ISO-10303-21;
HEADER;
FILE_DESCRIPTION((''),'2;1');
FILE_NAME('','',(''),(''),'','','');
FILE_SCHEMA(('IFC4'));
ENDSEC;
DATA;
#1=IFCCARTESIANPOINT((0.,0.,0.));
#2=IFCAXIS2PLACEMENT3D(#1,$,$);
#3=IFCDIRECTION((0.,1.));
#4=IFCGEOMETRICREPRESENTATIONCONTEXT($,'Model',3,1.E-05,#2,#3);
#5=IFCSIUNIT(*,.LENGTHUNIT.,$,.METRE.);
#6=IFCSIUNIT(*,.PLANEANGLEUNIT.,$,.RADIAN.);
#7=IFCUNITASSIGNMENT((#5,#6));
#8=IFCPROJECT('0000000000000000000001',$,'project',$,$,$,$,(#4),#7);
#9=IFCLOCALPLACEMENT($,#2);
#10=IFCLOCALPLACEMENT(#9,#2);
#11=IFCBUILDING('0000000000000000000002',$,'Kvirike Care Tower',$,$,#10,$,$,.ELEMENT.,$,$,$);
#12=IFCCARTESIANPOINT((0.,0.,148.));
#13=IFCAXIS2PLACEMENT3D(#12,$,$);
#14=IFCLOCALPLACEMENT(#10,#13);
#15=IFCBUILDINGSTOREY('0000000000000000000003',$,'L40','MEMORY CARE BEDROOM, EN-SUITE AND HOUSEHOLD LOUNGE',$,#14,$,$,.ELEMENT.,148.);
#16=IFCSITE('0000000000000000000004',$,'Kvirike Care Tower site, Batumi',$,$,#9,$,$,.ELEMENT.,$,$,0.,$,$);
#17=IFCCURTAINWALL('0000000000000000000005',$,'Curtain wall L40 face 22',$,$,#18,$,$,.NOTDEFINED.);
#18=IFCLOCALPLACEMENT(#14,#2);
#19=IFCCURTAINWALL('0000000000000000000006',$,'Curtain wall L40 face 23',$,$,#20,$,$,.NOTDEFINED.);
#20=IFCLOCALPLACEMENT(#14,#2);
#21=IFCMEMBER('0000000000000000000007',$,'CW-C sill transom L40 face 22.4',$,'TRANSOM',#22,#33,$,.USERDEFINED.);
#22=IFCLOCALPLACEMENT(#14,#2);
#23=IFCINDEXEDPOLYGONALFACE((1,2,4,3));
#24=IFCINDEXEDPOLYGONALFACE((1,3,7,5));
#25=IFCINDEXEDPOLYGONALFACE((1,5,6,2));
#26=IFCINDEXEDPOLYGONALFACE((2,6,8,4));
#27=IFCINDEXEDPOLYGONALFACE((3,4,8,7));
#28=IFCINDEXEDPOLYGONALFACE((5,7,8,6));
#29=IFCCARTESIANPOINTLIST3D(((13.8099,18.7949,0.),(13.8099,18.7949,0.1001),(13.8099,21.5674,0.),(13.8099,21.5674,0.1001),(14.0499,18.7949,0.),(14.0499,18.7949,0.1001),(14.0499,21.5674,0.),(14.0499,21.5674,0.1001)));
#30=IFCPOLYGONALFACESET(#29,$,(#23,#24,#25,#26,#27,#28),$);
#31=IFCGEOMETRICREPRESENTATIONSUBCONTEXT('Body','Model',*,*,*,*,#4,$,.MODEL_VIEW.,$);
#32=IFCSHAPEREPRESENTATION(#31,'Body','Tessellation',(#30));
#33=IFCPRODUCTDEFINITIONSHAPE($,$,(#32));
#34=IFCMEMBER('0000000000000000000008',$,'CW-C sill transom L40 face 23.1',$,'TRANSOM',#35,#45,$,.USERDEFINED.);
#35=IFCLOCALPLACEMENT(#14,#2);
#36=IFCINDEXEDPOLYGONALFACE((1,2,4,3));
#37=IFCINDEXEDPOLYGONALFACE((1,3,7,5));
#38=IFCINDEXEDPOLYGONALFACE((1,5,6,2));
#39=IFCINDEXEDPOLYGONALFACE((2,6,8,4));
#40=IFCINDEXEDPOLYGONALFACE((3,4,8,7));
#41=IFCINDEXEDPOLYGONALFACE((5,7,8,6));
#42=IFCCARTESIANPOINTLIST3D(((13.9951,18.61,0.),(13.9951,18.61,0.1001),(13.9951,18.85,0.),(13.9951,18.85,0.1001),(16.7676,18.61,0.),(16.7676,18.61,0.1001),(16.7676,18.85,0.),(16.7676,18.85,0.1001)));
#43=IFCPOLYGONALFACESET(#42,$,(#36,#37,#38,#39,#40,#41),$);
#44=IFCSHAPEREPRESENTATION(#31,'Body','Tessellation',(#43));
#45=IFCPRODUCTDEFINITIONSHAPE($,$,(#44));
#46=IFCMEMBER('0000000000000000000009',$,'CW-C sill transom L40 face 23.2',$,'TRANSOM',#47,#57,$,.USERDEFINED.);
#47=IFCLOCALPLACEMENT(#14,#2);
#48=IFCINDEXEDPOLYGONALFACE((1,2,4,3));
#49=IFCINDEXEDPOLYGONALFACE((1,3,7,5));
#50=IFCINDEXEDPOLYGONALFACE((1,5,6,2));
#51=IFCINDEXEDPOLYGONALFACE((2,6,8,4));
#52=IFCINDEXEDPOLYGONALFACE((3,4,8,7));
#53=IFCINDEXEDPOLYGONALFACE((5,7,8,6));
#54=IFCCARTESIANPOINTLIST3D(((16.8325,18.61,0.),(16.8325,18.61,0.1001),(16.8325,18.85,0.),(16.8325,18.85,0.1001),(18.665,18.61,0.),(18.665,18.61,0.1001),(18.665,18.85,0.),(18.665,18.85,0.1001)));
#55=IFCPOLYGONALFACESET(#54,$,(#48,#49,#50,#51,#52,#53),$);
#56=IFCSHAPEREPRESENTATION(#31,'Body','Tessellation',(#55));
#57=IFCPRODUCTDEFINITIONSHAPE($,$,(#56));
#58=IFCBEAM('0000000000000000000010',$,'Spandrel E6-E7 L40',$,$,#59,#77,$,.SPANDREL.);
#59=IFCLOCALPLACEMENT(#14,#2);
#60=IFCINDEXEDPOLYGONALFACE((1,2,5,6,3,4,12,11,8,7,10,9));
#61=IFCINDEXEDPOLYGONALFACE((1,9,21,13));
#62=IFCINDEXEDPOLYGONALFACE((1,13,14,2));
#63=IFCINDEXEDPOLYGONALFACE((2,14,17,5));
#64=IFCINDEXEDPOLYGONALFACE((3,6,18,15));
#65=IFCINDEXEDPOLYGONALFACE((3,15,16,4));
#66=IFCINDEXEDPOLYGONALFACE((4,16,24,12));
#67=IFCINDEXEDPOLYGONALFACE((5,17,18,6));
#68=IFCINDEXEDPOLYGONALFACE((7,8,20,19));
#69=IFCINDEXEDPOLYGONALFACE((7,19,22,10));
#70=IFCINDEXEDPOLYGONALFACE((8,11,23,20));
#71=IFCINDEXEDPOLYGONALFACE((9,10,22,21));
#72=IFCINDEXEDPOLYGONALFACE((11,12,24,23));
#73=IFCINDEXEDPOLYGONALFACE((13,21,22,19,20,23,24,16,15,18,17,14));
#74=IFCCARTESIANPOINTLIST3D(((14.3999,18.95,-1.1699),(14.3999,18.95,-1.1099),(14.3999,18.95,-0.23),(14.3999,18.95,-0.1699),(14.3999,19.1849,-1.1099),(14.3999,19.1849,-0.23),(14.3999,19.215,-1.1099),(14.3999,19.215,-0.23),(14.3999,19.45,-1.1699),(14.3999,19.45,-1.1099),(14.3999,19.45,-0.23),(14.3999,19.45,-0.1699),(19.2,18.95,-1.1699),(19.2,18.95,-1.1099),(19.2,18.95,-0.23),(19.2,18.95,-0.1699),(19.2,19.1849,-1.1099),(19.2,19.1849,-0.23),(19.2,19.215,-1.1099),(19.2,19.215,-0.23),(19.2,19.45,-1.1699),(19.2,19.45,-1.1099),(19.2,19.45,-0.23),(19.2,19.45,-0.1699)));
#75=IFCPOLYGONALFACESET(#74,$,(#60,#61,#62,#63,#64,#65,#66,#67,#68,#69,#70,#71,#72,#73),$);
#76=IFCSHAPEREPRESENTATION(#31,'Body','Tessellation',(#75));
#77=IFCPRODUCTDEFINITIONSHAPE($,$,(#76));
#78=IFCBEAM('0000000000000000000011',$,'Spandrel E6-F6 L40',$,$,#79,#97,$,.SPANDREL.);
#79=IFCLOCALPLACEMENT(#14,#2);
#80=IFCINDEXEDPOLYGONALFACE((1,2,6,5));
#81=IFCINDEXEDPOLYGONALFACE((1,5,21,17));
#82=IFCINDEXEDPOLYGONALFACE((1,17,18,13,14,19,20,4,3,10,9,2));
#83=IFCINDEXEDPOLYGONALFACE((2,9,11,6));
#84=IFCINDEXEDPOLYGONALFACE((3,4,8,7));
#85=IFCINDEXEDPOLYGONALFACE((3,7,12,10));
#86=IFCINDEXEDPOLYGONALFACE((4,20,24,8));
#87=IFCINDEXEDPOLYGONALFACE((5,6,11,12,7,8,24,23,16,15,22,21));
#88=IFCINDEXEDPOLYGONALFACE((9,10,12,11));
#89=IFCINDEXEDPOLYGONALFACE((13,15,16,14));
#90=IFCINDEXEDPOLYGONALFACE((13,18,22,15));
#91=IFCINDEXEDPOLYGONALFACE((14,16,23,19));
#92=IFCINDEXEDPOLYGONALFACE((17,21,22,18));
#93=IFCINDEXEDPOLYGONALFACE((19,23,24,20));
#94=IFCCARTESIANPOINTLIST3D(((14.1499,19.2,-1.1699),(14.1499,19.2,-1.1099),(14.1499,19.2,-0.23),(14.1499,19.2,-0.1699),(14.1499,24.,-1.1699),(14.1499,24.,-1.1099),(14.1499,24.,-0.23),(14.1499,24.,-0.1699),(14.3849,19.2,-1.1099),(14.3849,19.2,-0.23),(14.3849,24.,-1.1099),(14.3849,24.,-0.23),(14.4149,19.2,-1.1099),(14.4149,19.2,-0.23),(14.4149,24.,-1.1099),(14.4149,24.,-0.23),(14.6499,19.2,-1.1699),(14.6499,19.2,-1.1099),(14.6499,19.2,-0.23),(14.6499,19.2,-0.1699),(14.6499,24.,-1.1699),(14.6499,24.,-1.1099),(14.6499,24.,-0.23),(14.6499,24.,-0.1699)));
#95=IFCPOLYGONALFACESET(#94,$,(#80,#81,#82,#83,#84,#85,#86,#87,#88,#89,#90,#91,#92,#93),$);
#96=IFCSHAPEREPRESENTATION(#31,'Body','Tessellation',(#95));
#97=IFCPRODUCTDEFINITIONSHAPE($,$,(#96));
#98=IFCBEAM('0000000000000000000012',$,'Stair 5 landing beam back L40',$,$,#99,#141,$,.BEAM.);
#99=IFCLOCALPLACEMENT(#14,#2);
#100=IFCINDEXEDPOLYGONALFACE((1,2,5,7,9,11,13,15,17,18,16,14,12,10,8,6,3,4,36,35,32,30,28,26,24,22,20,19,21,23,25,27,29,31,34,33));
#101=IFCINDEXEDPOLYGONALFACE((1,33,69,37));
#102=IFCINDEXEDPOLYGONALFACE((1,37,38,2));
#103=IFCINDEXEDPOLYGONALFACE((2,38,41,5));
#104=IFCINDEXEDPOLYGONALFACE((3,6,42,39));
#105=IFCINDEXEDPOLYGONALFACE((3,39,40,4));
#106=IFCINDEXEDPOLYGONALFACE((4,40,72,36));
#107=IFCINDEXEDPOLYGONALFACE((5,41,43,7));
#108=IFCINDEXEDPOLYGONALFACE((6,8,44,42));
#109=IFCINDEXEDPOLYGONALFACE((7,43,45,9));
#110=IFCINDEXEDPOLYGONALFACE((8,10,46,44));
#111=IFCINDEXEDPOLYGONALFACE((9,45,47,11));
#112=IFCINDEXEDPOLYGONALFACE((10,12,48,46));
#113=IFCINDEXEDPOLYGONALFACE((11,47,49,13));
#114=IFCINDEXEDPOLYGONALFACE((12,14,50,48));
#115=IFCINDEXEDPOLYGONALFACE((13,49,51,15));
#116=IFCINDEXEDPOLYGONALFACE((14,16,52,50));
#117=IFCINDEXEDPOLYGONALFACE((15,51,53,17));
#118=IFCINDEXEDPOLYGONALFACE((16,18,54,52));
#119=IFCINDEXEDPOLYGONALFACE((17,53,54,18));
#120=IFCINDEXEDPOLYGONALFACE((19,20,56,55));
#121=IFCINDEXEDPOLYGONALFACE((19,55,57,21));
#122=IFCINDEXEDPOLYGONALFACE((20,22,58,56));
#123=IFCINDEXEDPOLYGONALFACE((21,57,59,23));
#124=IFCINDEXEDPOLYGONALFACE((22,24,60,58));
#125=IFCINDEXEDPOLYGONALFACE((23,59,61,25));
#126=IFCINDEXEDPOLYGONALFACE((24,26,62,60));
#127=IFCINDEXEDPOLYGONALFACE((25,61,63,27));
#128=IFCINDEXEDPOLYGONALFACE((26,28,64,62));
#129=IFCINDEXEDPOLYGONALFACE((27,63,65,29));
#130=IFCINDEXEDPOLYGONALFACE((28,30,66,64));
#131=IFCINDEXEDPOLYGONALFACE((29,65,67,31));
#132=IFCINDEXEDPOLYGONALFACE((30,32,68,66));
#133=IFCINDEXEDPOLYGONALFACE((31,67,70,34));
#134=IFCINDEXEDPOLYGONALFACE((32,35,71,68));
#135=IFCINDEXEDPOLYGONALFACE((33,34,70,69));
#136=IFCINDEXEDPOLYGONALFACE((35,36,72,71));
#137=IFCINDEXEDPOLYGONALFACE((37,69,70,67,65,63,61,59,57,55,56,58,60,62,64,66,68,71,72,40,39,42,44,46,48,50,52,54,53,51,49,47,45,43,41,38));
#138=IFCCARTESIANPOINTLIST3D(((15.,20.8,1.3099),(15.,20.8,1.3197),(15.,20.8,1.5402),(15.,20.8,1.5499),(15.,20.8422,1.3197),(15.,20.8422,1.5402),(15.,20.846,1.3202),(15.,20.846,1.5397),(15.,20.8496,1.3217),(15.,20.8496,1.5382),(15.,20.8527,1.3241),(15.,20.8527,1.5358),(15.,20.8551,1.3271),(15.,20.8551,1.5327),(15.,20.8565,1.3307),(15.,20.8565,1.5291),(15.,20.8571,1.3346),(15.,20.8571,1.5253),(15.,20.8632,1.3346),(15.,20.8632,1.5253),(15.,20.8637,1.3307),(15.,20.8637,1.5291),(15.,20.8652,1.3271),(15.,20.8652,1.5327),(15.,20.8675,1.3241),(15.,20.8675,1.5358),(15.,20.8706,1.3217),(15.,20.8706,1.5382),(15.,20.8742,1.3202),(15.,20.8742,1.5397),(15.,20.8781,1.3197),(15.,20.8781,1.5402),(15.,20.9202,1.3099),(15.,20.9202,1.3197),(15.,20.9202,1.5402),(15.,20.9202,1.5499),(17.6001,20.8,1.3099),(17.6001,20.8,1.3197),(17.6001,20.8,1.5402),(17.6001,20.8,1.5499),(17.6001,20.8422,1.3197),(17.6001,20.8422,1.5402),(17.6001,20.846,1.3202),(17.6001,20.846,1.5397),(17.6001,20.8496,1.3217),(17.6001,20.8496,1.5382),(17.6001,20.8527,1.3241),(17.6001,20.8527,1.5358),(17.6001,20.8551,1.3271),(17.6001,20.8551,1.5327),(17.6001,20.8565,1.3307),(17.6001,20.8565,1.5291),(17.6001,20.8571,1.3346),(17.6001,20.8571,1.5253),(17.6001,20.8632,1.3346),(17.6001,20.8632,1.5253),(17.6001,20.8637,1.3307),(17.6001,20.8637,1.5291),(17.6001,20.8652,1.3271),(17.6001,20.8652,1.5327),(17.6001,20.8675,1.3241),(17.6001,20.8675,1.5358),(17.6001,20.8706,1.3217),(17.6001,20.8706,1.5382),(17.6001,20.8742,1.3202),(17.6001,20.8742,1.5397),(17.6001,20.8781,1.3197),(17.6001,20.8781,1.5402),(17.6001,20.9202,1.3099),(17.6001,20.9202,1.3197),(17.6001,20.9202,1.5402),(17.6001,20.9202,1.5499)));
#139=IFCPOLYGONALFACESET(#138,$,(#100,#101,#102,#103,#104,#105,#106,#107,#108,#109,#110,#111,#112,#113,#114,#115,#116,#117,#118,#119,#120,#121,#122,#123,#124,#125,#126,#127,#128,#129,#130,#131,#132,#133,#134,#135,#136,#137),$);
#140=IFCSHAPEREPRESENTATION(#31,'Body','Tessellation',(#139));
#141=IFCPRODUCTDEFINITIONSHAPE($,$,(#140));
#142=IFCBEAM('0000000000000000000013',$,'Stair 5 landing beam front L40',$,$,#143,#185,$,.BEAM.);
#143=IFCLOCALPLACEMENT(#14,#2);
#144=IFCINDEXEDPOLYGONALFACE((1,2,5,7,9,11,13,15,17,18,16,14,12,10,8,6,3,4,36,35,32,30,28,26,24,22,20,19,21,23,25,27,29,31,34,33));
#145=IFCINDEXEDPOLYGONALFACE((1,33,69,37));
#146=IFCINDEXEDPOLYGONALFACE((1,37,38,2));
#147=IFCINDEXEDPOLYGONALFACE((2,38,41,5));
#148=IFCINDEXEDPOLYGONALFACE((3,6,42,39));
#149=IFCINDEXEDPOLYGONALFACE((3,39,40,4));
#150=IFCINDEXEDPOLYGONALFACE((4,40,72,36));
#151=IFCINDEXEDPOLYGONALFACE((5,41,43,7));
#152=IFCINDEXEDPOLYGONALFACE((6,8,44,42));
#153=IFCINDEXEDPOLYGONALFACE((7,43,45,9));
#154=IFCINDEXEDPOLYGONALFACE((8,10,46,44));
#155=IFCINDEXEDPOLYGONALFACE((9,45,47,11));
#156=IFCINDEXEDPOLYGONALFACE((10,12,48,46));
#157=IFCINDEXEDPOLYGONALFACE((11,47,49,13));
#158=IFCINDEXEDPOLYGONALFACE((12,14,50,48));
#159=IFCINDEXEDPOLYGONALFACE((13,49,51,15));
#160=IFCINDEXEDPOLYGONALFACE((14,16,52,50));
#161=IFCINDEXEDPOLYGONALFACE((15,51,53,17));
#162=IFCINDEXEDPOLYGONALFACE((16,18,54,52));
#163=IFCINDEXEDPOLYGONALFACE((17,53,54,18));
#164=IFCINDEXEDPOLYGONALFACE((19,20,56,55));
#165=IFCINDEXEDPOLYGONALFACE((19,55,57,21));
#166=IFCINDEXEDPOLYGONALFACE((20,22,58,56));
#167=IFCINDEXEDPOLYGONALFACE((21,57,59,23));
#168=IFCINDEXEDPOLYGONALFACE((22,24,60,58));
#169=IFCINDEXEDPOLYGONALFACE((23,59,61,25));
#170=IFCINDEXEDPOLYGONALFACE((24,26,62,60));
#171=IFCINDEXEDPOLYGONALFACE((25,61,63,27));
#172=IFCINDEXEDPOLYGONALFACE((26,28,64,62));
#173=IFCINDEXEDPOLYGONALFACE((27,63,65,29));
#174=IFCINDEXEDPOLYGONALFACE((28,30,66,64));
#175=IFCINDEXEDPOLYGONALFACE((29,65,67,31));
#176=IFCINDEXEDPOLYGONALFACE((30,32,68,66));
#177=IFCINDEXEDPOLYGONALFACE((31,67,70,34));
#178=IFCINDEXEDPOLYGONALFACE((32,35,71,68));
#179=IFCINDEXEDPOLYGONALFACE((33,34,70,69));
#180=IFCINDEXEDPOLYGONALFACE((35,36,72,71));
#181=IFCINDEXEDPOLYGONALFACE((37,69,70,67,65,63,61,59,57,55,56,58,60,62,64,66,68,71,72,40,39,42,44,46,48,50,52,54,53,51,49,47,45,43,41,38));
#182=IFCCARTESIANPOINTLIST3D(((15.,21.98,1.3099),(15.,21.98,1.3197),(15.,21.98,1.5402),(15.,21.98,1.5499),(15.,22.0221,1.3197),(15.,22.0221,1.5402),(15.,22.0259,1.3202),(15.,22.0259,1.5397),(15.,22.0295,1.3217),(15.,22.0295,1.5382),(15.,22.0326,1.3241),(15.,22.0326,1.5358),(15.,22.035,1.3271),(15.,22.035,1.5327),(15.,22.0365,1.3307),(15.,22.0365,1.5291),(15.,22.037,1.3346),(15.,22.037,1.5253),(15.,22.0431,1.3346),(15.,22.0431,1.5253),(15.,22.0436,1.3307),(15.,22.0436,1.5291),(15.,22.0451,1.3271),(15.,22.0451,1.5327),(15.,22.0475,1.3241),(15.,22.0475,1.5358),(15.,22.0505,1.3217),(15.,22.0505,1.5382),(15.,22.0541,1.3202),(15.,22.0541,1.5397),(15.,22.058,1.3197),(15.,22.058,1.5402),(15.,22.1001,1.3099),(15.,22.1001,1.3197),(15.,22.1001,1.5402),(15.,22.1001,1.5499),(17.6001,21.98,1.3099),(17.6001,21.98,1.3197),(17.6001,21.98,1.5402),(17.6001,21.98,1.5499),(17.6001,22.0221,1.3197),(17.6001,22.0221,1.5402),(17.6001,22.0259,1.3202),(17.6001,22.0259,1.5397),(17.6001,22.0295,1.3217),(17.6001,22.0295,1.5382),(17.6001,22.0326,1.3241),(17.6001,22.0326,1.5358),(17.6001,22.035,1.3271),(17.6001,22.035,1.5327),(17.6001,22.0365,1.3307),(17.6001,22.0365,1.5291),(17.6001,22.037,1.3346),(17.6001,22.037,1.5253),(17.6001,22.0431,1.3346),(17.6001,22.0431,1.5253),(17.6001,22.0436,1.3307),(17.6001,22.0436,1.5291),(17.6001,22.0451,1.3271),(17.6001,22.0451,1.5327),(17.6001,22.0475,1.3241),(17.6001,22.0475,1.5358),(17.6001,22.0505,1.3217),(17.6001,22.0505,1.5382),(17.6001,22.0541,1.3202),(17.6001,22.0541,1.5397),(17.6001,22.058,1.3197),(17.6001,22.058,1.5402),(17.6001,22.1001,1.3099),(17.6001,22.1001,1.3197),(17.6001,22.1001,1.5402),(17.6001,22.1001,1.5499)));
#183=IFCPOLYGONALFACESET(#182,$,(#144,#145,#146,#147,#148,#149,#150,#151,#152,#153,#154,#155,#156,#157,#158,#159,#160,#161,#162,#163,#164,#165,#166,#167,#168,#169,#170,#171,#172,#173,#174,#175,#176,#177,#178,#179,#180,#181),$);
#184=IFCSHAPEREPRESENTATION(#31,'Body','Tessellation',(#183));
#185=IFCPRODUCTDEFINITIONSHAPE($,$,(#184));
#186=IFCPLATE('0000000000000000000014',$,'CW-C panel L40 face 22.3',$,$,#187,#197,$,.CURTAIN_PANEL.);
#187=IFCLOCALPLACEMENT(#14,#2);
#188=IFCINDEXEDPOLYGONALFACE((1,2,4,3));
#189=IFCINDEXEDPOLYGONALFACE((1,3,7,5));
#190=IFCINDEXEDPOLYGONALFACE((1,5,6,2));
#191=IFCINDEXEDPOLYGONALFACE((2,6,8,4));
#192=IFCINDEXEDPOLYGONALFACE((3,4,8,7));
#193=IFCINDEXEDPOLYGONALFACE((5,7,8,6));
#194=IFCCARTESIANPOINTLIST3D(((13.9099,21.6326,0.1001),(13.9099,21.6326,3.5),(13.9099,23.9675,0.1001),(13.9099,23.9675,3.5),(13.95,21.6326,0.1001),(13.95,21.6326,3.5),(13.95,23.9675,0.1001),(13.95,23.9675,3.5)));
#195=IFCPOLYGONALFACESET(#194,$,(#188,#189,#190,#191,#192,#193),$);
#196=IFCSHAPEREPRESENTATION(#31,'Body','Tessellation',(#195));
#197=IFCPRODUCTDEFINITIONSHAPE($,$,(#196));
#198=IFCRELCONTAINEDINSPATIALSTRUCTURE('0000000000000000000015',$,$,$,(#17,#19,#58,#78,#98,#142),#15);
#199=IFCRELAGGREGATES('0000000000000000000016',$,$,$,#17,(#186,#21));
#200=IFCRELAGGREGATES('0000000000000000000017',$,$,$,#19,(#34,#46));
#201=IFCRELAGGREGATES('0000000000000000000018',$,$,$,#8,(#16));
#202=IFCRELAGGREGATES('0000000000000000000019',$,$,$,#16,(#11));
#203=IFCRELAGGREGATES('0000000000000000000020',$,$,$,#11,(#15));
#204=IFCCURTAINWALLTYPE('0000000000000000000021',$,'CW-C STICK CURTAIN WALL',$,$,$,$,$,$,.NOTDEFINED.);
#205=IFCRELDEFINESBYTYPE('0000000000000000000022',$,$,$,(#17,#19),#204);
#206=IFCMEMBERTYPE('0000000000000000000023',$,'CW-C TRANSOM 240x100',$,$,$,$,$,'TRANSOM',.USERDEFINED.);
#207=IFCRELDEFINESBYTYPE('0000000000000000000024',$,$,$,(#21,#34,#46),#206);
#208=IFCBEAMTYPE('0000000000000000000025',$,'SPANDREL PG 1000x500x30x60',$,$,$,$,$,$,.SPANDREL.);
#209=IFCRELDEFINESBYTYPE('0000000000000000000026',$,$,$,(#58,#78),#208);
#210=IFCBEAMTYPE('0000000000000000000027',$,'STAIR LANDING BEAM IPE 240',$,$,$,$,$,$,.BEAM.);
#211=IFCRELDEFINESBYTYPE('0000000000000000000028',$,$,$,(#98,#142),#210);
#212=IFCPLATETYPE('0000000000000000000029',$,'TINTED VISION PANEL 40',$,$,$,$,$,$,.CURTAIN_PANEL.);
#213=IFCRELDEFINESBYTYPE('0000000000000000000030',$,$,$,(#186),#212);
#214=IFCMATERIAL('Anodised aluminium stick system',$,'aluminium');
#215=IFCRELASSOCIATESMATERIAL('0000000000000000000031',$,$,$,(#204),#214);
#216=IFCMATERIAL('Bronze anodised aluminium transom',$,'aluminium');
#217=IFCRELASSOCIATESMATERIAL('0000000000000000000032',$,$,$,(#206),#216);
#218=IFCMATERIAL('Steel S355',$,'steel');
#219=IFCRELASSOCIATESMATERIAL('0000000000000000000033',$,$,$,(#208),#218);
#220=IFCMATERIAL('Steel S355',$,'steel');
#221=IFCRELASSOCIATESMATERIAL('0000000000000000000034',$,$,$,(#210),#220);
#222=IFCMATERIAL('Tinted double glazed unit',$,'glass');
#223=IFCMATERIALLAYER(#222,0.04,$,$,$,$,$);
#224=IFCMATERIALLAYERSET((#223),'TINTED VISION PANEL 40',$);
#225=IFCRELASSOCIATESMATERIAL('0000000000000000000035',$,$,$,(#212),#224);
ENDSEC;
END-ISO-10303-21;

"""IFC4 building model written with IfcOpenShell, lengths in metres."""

from ifc_helpers import new_model, si_unit, direction, frame, origin, origin_2d, place, context, subcontext, project, spatial, rectangle, i_section, extrude, material, layer, layer_set, material_profile, profile_set, type_object, element, aggregate, save


model = new_model("IFC4")

# Units and contexts
model_context = context("Model", 3, precision=1e-05, world=origin(), true_north=direction((0.0, 1.0)))
body_context = subcontext(model_context, "Body", "Model", "MODEL_VIEW")
ifc_project = project(units=[si_unit("LENGTHUNIT", "METRE"), si_unit("PLANEANGLEUNIT", "RADIAN")], contexts=[model_context])

# Site, building, storey
site_placement = place(None, origin())
site = spatial("IfcSite", under=ifc_project, at=site_placement, Name="Kvirike Care Tower site, Batumi", CompositionType="ELEMENT", RefElevation=0.0)
building_placement = place(site_placement, origin())
building = spatial("IfcBuilding", under=site, at=building_placement, Name="Kvirike Care Tower", CompositionType="ELEMENT")
storey_placement = place(building_placement, frame((0.0, 0.0, 148.0)))
storey = spatial("IfcBuildingStorey", under=building, at=storey_placement, Name="L40", Description="MEMORY CARE BEDROOM, EN-SUITE AND HOUSEHOLD LOUNGE", CompositionType="ELEMENT", Elevation=148.0)

# Curtain walls
ifc_material_1 = material(Name="Anodised aluminium stick system", Category="aluminium")
curtain_wall_type = type_object("IfcCurtainWallType", Name="CW-C STICK CURTAIN WALL", PredefinedType="NOTDEFINED", material=ifc_material_1)
curtain_wall_1_placement = place(storey_placement, origin())
curtain_wall_1 = element("IfcCurtainWall", 1, at=curtain_wall_1_placement, inside=storey, type_object=curtain_wall_type, Name="Curtain wall L40 face 22", PredefinedType="NOTDEFINED")
curtain_wall_2_placement = place(storey_placement, origin())
curtain_wall_2 = element("IfcCurtainWall", 2, at=curtain_wall_2_placement, inside=storey, type_object=curtain_wall_type, Name="Curtain wall L40 face 23", PredefinedType="NOTDEFINED")

# Members
ifc_material_2 = material(Name="Bronze anodised aluminium transom", Category="aluminium")
ifc_material_profile_1 = material_profile(ifc_material_2, rectangle(XDim=0.24, YDim=0.1001, at=origin_2d()), Name="CW-C TRANSOM 240x100")
ifc_profile_set_1 = profile_set([ifc_material_profile_1], Name="Bronze anodised aluminium transom")
member_type_1 = type_object("IfcMemberType", Name="CW-C TRANSOM 240x100", ElementType="TRANSOM", PredefinedType="USERDEFINED", material=ifc_profile_set_1)
member_1_placement = place(storey_placement, frame((13.9299, 21.5674, 0.05), z_axis=(0.0, -1.0, 0.0), x_axis=(1.0, 0.0, 0.0)))
member_1 = element("IfcMember", 3, at=member_1_placement, type_object=member_type_1, Name="CW-C sill transom L40 face 22.4", ObjectType="TRANSOM", PredefinedType="USERDEFINED", context=body_context, shape_type="SweptSolid", body=[
    extrude(rectangle(XDim=0.24, YDim=0.1001, at=origin_2d()), origin(), (0.0, 0.0, 1.0), 2.7725),
])
member_2_placement = place(storey_placement, frame((13.9951, 18.73, 0.05), z_axis=(1.0, 0.0, 0.0), x_axis=(0.0, 1.0, 0.0)))
member_2 = element("IfcMember", 4, at=member_2_placement, type_object=member_type_1, Name="CW-C sill transom L40 face 23.1", ObjectType="TRANSOM", PredefinedType="USERDEFINED", context=body_context, shape_type="SweptSolid", body=[
    extrude(rectangle(XDim=0.24, YDim=0.1001, at=origin_2d()), origin(), (0.0, 0.0, 1.0), 2.7725),
])
member_3_placement = place(storey_placement, frame((16.8325, 18.73, 0.05), z_axis=(1.0, 0.0, 0.0), x_axis=(0.0, 1.0, 0.0)))
member_3 = element("IfcMember", 5, at=member_3_placement, type_object=member_type_1, Name="CW-C sill transom L40 face 23.2", ObjectType="TRANSOM", PredefinedType="USERDEFINED", context=body_context, shape_type="SweptSolid", body=[
    extrude(rectangle(XDim=0.24, YDim=0.1001, at=origin_2d()), origin(), (0.0, 0.0, 1.0), 1.8325),
])

# Beams
ifc_material_3 = material(Name="Steel S355", Category="steel")
ifc_material_profile_2 = material_profile(ifc_material_3, i_section(OverallWidth=0.5, OverallDepth=1.0, WebThickness=0.03, FlangeThickness=0.0601, at=origin_2d()), Name="PG 1000x500x30x60")
ifc_profile_set_2 = profile_set([ifc_material_profile_2], Name="Steel S355")
beam_type_1 = type_object("IfcBeamType", Name="SPANDREL PG 1000x500x30x60", PredefinedType="SPANDREL", material=ifc_profile_set_2)
for number, where, z_axis, x_axis, name in (
    (6, (14.3999, 19.2, -0.6699), (1.0, 0.0, 0.0), (0.0, 1.0, 0.0), "Spandrel E6-E7 L40"),
    (7, (14.3999, 19.2, -0.6699), (0.0, 1.0, 0.0), (-1.0, 0.0, 0.0), "Spandrel E6-F6 L40"),
):
    element("IfcBeam", number, at=place(storey_placement, frame(where, z_axis=z_axis, x_axis=x_axis)), inside=storey, type_object=beam_type_1, Name=name, PredefinedType="SPANDREL", context=body_context, shape_type="SweptSolid", body=[
        extrude(i_section(OverallWidth=0.5, OverallDepth=1.0, WebThickness=0.03, FlangeThickness=0.0601, at=origin_2d()), origin(), (0.0, 0.0, 1.0), 4.8),
    ])
ifc_material_4 = material(Name="Steel S355", Category="steel")
ifc_material_profile_3 = material_profile(ifc_material_4, i_section(OverallWidth=0.1201, OverallDepth=0.24, WebThickness=0.0061, FlangeThickness=0.0098, FilletRadius=0.0149, at=origin_2d()), Name="IPE 240")
ifc_profile_set_3 = profile_set([ifc_material_profile_3], Name="Steel S355")
beam_type_2 = type_object("IfcBeamType", Name="STAIR LANDING BEAM IPE 240", PredefinedType="BEAM", material=ifc_profile_set_3)
for number, where, z_axis, x_axis, name in (
    (8, (15.0, 20.8601, 1.4299), (1.0, 0.0, 0.0), (0.0, 1.0, 0.0), "Stair 5 landing beam back L40"),
    (9, (15.0, 22.04, 1.4299), (1.0, 0.0, 0.0), (0.0, 1.0, 0.0), "Stair 5 landing beam front L40"),
):
    element("IfcBeam", number, at=place(storey_placement, frame(where, z_axis=z_axis, x_axis=x_axis)), inside=storey, type_object=beam_type_2, Name=name, PredefinedType="BEAM", context=body_context, shape_type="SweptSolid", body=[
        extrude(i_section(OverallWidth=0.1201, OverallDepth=0.24, WebThickness=0.0061, FlangeThickness=0.0098, FilletRadius=0.0149, at=origin_2d()), origin(), (0.0, 0.0, 1.0), 2.6001),
    ])

# Plate
ifc_material_5 = material(Name="Tinted double glazed unit", Category="glass")
ifc_layer_1 = layer(ifc_material_5, 0.04)
ifc_layer_set_1 = layer_set([ifc_layer_1], Name="TINTED VISION PANEL 40")
plate_type = type_object("IfcPlateType", Name="TINTED VISION PANEL 40", PredefinedType="CURTAIN_PANEL", material=ifc_layer_set_1)
plate_1_placement = place(storey_placement, frame((13.9299, 22.8, 0.1001), z_axis=(0.0, 0.0, 1.0), x_axis=(0.0, -1.0, 0.0)))
plate_1 = element("IfcPlate", 10, at=plate_1_placement, type_object=plate_type, Name="CW-C panel L40 face 22.3", PredefinedType="CURTAIN_PANEL", context=body_context, shape_type="SweptSolid", body=[
    extrude(rectangle(XDim=2.335, YDim=0.04, at=origin_2d()), origin(), (0.0, 0.0, 1.0), 3.3999),
])
aggregate(curtain_wall_1, [plate_1, member_1])
aggregate(curtain_wall_2, [member_2, member_3])

save(model, "model.ifc")
